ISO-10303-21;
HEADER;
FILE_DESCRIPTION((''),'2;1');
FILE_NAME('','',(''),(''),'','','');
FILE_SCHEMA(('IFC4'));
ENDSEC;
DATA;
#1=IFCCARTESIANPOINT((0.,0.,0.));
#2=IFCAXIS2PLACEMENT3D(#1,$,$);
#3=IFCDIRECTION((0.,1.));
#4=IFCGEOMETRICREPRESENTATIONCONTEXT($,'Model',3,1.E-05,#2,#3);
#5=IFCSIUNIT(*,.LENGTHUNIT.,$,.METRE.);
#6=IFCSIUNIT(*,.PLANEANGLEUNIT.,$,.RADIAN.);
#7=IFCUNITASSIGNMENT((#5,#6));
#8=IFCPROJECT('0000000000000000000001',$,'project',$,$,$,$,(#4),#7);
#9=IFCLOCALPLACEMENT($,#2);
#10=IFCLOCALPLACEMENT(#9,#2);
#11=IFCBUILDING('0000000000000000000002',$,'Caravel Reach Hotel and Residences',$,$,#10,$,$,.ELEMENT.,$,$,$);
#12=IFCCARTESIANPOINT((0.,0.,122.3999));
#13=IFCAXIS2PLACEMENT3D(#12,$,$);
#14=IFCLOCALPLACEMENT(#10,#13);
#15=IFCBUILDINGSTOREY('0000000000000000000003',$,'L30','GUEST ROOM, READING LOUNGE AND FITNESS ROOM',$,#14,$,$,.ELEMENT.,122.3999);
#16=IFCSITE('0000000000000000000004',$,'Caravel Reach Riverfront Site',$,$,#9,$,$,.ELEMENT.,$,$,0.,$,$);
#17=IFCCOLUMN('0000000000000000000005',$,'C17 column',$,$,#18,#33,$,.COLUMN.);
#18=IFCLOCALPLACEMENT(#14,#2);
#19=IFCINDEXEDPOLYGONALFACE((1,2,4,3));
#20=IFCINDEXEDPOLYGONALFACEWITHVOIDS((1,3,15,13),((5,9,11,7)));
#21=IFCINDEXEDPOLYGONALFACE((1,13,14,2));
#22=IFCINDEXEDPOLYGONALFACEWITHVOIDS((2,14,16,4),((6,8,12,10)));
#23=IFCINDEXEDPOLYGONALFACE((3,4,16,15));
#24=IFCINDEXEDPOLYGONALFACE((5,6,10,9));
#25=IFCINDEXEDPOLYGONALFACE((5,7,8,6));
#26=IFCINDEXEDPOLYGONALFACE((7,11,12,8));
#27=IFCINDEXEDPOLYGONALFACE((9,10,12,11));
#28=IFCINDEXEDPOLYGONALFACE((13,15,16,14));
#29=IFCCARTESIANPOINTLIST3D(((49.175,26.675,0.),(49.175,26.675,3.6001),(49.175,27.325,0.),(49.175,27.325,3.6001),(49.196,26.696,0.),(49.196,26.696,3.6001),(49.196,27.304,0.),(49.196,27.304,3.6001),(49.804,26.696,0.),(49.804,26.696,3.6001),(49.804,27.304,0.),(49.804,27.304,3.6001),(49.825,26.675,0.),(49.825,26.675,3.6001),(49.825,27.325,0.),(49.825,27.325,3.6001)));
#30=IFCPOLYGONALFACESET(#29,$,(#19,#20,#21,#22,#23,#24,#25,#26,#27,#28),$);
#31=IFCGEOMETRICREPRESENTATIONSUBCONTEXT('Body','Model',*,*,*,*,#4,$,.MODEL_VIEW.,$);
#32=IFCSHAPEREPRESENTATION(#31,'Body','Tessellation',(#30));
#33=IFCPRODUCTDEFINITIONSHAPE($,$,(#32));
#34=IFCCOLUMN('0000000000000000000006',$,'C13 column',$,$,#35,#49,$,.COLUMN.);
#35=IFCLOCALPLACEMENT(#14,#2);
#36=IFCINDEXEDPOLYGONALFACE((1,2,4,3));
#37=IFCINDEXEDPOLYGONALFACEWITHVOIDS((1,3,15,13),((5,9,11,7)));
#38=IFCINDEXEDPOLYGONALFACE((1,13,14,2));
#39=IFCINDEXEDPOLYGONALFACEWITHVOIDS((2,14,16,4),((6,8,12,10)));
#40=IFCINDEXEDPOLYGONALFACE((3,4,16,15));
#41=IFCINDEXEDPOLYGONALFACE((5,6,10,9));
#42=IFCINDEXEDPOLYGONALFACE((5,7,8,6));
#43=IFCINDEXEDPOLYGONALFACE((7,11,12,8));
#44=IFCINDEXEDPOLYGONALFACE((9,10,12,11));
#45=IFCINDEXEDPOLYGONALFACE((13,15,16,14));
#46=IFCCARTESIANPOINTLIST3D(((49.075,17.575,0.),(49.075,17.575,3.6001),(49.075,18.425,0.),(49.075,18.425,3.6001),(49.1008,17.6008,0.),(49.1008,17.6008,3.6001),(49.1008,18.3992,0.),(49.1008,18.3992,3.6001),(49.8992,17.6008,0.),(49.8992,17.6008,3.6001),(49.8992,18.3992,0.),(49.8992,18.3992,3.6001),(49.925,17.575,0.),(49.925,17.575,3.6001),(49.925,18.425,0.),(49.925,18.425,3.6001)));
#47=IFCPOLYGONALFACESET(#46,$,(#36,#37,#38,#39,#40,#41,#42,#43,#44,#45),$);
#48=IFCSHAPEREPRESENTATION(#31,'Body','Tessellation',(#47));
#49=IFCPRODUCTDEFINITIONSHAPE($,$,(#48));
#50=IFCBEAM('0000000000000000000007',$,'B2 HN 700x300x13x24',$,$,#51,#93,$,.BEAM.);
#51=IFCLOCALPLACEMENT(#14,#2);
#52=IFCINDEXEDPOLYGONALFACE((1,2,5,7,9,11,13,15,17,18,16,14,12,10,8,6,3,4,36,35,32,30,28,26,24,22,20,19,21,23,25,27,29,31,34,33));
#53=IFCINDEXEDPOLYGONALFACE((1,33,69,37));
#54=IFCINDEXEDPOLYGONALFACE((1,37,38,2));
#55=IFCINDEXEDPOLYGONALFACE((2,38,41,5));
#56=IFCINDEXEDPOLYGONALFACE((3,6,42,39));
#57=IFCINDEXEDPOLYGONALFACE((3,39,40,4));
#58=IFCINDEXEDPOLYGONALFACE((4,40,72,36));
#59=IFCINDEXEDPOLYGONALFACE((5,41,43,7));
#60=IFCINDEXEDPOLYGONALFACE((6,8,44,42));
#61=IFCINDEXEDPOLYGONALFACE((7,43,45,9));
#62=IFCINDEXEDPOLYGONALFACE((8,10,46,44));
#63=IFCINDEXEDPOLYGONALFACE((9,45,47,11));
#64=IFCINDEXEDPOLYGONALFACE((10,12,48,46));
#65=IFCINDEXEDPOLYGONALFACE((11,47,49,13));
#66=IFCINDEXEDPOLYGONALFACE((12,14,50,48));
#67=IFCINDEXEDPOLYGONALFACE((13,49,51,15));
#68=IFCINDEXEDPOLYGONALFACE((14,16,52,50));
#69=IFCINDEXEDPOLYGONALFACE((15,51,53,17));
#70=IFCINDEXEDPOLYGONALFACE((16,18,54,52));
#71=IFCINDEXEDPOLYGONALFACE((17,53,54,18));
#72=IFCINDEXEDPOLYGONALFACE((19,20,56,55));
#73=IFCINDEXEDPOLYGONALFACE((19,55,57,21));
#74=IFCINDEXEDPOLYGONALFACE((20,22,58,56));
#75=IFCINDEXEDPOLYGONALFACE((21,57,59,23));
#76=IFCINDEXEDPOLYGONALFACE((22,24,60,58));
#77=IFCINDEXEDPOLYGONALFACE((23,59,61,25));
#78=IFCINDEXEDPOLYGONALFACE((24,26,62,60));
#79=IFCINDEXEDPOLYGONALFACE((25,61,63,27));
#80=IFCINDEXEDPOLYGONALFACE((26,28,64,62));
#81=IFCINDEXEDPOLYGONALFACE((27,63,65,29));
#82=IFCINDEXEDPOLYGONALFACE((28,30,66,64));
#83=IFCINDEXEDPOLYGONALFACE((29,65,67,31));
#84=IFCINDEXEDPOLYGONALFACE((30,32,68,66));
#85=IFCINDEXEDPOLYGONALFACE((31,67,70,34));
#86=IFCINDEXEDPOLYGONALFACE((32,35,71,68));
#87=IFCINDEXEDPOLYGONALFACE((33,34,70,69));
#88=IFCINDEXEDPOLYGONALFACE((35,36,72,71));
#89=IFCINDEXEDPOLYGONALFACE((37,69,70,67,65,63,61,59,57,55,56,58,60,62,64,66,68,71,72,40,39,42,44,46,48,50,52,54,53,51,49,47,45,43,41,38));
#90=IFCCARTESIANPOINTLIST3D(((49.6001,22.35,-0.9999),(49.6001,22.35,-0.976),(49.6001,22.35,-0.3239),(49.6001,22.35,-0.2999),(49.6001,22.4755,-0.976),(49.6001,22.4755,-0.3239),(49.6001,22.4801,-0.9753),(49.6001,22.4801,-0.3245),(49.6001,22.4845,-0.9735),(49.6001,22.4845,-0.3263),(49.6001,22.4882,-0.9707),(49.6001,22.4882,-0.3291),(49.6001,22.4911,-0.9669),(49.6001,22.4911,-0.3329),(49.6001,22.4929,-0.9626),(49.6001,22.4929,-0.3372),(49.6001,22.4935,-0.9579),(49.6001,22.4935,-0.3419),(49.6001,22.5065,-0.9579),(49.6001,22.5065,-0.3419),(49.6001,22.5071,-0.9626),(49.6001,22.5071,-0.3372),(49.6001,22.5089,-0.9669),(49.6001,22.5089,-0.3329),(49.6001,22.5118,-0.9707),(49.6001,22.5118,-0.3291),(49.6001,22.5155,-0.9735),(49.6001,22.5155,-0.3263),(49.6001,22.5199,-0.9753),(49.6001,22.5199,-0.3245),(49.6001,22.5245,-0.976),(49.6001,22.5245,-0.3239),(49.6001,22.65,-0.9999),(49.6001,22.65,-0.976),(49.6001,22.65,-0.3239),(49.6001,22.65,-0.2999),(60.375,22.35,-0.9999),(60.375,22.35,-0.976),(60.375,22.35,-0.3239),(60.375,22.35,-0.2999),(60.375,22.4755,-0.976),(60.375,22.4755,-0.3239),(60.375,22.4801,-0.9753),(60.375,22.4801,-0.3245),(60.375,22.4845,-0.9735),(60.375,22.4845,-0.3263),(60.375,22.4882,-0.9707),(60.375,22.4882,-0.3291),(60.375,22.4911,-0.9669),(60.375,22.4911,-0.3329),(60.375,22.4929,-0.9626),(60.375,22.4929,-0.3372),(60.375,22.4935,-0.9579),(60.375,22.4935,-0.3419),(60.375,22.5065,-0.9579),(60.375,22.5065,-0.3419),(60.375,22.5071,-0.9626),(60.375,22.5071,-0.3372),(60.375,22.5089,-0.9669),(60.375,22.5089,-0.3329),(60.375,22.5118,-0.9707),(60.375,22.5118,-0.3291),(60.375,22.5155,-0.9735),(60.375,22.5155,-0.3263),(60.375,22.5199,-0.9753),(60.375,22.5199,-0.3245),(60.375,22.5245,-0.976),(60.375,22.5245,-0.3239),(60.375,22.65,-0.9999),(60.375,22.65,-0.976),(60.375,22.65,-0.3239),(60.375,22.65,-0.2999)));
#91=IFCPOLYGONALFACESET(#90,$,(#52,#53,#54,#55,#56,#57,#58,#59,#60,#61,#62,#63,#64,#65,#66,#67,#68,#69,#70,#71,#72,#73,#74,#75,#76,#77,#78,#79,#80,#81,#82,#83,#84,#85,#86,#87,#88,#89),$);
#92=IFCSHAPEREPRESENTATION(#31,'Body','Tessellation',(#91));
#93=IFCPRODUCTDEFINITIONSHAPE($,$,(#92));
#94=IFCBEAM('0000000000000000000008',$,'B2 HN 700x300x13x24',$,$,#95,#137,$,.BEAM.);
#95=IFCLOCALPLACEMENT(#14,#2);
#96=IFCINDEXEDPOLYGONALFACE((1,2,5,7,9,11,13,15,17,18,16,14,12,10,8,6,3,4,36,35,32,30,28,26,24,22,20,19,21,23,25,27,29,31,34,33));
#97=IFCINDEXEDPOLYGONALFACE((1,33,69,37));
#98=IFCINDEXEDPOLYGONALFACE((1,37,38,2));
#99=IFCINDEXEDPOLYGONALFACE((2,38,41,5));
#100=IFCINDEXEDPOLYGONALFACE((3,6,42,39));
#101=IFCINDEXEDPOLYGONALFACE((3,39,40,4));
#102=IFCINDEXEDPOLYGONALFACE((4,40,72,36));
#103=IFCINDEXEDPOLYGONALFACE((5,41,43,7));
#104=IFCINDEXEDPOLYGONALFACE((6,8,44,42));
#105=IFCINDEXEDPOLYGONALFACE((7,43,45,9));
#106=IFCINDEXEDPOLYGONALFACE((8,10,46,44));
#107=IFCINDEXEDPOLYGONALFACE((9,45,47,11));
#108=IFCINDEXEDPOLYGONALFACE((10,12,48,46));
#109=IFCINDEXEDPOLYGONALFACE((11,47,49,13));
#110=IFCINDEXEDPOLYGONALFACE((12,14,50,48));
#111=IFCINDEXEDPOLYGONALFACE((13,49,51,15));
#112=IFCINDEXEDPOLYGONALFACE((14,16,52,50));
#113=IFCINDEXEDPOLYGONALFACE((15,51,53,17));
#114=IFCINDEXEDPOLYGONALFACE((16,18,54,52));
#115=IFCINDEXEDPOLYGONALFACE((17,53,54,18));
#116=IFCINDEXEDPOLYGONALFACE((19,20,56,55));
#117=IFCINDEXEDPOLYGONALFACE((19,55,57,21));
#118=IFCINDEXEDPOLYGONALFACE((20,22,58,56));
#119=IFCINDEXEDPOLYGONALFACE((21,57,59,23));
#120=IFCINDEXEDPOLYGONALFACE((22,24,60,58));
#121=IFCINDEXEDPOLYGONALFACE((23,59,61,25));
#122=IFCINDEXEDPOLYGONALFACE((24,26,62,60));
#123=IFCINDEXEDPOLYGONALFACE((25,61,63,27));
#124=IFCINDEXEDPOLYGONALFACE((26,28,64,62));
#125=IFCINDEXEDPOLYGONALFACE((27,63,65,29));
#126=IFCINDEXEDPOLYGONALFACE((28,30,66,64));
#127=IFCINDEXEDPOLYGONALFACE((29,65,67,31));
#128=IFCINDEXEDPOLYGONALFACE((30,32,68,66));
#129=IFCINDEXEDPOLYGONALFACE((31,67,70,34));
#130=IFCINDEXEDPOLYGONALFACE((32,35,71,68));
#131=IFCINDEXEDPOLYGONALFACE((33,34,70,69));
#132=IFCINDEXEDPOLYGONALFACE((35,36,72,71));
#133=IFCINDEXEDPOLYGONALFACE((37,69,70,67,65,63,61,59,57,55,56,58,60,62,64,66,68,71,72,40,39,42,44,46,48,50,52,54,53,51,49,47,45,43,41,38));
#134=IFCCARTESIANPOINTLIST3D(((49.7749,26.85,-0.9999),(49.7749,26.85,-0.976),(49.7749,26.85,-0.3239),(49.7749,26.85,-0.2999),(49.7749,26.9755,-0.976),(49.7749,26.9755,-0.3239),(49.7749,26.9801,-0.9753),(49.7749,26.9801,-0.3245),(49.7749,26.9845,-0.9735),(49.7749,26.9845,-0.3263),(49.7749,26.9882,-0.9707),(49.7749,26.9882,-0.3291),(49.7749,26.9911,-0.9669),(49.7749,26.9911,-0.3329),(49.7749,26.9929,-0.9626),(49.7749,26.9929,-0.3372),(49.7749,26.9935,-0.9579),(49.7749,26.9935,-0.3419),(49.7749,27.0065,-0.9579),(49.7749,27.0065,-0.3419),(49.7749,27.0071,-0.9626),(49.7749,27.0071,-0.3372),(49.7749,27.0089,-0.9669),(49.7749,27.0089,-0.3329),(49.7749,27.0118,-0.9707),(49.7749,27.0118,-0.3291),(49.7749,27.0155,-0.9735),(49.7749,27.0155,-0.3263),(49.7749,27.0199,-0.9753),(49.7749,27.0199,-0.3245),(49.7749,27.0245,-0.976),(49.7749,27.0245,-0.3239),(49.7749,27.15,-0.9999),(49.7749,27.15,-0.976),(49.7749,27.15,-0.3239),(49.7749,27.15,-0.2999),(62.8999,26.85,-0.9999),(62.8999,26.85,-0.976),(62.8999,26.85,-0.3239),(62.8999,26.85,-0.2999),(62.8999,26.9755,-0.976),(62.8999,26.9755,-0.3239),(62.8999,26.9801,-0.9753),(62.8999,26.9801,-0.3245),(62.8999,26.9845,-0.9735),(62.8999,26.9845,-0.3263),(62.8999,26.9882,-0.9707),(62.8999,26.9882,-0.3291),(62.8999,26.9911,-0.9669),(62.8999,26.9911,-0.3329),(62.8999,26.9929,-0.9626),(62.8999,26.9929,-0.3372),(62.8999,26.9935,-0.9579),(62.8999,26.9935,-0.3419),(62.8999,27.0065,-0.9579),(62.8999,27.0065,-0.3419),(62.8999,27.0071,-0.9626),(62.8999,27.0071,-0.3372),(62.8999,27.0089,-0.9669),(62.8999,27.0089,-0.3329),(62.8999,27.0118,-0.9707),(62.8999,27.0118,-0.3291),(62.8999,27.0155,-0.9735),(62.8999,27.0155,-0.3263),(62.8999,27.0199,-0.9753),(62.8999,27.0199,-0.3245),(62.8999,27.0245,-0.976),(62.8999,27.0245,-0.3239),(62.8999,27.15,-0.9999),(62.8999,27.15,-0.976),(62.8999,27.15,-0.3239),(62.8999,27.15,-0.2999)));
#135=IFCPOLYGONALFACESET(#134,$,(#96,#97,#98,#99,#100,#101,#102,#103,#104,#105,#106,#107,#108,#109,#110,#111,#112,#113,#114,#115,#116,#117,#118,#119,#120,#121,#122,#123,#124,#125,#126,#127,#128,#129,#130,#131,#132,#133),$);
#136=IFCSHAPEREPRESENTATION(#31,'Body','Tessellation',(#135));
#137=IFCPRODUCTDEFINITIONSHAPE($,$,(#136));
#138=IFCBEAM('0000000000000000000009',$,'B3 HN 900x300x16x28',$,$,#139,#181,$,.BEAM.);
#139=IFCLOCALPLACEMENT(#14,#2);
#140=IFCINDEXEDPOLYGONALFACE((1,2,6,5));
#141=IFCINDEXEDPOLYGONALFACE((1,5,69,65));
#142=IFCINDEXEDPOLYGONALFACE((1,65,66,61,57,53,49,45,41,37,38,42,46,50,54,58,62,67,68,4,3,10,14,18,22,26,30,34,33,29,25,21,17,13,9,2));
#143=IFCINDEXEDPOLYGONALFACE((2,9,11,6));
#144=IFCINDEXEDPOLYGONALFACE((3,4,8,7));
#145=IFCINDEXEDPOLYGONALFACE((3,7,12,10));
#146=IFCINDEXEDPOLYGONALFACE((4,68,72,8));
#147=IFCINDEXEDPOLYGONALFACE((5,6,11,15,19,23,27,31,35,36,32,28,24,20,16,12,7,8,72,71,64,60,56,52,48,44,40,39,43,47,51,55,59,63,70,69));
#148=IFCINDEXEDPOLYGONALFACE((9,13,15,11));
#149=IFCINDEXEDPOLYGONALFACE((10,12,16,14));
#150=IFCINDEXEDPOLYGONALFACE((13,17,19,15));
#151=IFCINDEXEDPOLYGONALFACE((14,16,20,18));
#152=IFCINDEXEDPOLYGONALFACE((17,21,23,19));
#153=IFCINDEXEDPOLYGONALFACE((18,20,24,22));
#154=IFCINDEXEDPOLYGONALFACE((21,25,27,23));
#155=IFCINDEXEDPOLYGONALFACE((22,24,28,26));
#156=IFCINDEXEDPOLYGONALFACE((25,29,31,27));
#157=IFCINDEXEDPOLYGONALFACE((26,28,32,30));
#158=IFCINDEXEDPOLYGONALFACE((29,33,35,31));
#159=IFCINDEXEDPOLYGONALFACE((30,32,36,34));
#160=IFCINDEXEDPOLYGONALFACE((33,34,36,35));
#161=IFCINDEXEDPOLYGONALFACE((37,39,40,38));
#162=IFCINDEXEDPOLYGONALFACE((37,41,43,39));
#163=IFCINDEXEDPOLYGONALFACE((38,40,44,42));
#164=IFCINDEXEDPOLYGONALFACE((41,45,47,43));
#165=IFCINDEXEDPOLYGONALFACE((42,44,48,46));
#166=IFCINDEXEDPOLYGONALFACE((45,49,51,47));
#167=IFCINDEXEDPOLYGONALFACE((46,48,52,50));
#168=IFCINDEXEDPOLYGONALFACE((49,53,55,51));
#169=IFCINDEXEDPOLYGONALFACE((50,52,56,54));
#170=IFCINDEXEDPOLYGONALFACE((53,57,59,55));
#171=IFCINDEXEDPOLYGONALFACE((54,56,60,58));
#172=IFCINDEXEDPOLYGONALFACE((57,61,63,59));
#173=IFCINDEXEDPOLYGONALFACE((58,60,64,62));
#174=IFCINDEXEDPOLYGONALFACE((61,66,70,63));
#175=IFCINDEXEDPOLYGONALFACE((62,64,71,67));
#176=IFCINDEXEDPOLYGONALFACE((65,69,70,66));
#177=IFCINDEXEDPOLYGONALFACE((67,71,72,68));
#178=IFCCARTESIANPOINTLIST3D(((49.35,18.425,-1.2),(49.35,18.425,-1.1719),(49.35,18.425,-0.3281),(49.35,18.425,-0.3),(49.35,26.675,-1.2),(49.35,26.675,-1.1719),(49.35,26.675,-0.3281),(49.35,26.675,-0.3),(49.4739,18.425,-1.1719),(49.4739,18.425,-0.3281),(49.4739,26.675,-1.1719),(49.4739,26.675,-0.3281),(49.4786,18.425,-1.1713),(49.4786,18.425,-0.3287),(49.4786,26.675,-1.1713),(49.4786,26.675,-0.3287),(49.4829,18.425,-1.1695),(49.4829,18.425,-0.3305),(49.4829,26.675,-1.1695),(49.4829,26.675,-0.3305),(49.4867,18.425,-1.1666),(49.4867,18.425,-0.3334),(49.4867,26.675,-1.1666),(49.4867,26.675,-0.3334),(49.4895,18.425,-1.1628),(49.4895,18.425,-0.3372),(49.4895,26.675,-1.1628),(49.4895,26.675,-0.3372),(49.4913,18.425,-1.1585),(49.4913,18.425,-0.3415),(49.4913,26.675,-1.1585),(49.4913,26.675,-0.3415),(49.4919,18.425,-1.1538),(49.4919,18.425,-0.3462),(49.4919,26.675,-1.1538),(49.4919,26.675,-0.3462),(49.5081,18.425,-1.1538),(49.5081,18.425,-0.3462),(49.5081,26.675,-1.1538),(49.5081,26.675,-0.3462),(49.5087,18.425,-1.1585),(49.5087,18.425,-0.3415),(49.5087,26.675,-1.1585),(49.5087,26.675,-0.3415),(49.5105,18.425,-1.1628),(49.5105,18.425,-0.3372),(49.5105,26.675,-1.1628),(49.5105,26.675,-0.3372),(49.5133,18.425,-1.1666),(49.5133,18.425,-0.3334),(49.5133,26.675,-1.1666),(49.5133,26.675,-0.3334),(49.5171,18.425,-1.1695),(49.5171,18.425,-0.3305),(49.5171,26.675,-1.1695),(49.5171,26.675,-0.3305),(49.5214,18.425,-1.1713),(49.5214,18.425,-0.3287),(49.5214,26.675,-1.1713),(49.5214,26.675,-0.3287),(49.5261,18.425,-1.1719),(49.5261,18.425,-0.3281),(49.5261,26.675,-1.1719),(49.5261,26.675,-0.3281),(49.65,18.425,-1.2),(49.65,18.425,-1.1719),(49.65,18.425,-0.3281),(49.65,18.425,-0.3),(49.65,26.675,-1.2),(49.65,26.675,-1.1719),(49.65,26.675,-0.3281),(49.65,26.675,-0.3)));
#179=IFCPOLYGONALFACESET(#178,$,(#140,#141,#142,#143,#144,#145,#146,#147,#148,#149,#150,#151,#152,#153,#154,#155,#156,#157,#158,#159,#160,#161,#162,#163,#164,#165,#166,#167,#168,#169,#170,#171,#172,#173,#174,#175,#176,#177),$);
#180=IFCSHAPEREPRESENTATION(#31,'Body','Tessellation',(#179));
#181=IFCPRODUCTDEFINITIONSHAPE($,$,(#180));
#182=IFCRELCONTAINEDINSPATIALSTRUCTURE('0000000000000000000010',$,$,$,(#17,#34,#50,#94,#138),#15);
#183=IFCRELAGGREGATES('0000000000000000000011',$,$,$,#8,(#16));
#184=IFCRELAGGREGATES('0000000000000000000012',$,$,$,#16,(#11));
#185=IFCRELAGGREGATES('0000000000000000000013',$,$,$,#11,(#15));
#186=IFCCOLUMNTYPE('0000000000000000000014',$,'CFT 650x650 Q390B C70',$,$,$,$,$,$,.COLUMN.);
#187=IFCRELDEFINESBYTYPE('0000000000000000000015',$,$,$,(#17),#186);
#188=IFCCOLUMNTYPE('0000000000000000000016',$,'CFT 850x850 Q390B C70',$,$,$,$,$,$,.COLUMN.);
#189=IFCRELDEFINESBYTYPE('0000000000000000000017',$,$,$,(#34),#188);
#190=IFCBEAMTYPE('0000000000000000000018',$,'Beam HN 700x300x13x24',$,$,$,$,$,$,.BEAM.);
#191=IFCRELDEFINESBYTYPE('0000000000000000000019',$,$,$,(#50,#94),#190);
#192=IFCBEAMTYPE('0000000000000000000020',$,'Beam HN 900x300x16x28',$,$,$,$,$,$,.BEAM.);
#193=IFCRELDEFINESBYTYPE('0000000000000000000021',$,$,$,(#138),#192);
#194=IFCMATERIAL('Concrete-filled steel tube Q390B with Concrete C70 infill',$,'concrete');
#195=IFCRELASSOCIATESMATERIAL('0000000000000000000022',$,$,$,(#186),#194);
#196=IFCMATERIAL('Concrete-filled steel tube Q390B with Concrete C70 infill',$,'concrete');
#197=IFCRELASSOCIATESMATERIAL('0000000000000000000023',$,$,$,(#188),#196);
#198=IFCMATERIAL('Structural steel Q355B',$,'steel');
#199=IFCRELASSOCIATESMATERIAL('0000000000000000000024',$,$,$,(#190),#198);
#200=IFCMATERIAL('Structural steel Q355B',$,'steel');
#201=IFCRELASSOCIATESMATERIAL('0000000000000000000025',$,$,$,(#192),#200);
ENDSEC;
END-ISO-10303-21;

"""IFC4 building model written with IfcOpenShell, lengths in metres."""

from ifc_helpers import new_model, si_unit, direction, frame, origin, origin_2d, place, context, subcontext, project, spatial, hollow_rectangle, i_section, extrude, material, material_profile, profile_set, type_object, element, save


model = new_model("IFC4")

# Units and contexts
model_context = context("Model", 3, precision=1e-05, world=origin(), true_north=direction((0.0, 1.0)))
body_context = subcontext(model_context, "Body", "Model", "MODEL_VIEW")
ifc_project = project(units=[si_unit("LENGTHUNIT", "METRE"), si_unit("PLANEANGLEUNIT", "RADIAN")], contexts=[model_context])

# Site, building, storey
site_placement = place(None, origin())
site = spatial("IfcSite", under=ifc_project, at=site_placement, Name="Caravel Reach Riverfront Site", CompositionType="ELEMENT", RefElevation=0.0)
building_placement = place(site_placement, origin())
building = spatial("IfcBuilding", under=site, at=building_placement, Name="Caravel Reach Hotel and Residences", CompositionType="ELEMENT")
storey_placement = place(building_placement, frame((0.0, 0.0, 122.3999)))
storey = spatial("IfcBuildingStorey", under=building, at=storey_placement, Name="L30", Description="GUEST ROOM, READING LOUNGE AND FITNESS ROOM", CompositionType="ELEMENT", Elevation=122.3999)

# Columns
ifc_material_1 = material(Name="Concrete-filled steel tube Q390B with Concrete C70 infill", Category="concrete")
ifc_material_profile_1 = material_profile(ifc_material_1, hollow_rectangle(XDim=0.6499, YDim=0.6499, WallThickness=0.021, at=origin_2d()), Name="RHS 650x650x21")
ifc_profile_set_1 = profile_set([ifc_material_profile_1], Name="Concrete-filled steel tube Q390B with Concrete C70 infill")
column_type_1 = type_object("IfcColumnType", Name="CFT 650x650 Q390B C70", PredefinedType="COLUMN", material=ifc_profile_set_1)
column_1_placement = place(storey_placement, frame((49.5, 27.0, 0.0), z_axis=(0.0, 0.0, 1.0), x_axis=(1.0, 0.0, 0.0)))
element("IfcColumn", 1, at=column_1_placement, inside=storey, type_object=column_type_1, Name="C17 column", PredefinedType="COLUMN", context=body_context, shape_type="SweptSolid", body=[
    extrude(hollow_rectangle(XDim=0.6499, YDim=0.6499, WallThickness=0.021, at=origin_2d()), origin(), (0.0, 0.0, 1.0), 3.6001),
])
ifc_material_2 = material(Name="Concrete-filled steel tube Q390B with Concrete C70 infill", Category="concrete")
ifc_material_profile_2 = material_profile(ifc_material_2, hollow_rectangle(XDim=0.8501, YDim=0.8501, WallThickness=0.0259, at=origin_2d()), Name="RHS 850x850x26")
ifc_profile_set_2 = profile_set([ifc_material_profile_2], Name="Concrete-filled steel tube Q390B with Concrete C70 infill")
column_type_2 = type_object("IfcColumnType", Name="CFT 850x850 Q390B C70", PredefinedType="COLUMN", material=ifc_profile_set_2)
column_2_placement = place(storey_placement, frame((49.5, 18.0, 0.0), z_axis=(0.0, 0.0, 1.0), x_axis=(1.0, 0.0, 0.0)))
element("IfcColumn", 2, at=column_2_placement, inside=storey, type_object=column_type_2, Name="C13 column", PredefinedType="COLUMN", context=body_context, shape_type="SweptSolid", body=[
    extrude(hollow_rectangle(XDim=0.8501, YDim=0.8501, WallThickness=0.0259, at=origin_2d()), origin(), (0.0, 0.0, 1.0), 3.6001),
])

# Beams
ifc_material_3 = material(Name="Structural steel Q355B", Category="steel")
ifc_material_profile_3 = material_profile(ifc_material_3, i_section(OverallWidth=0.3, OverallDepth=0.7, WebThickness=0.0129, FlangeThickness=0.0239, FilletRadius=0.0181, at=origin_2d()), Name="HN 700x300x13x24")
ifc_profile_set_3 = profile_set([ifc_material_profile_3], Name="Structural steel Q355B")
beam_type_1 = type_object("IfcBeamType", Name="Beam HN 700x300x13x24", PredefinedType="BEAM", material=ifc_profile_set_3)
beam_1_placement = place(storey_placement, frame((49.6001, 22.5, -0.6499), z_axis=(1.0, 0.0, 0.0), x_axis=(0.0, 1.0, 0.0)))
element("IfcBeam", 3, at=beam_1_placement, inside=storey, type_object=beam_type_1, Name="B2 HN 700x300x13x24", PredefinedType="BEAM", context=body_context, shape_type="SweptSolid", body=[
    extrude(i_section(OverallWidth=0.3, OverallDepth=0.7, WebThickness=0.0129, FlangeThickness=0.0239, FilletRadius=0.0181, at=origin_2d()), origin(), (0.0, 0.0, 1.0), 10.7749),
])
beam_2_placement = place(storey_placement, frame((49.7749, 27.0, -0.6499), z_axis=(1.0, 0.0, 0.0), x_axis=(0.0, 1.0, 0.0)))
element("IfcBeam", 4, at=beam_2_placement, inside=storey, type_object=beam_type_1, Name="B2 HN 700x300x13x24", PredefinedType="BEAM", context=body_context, shape_type="SweptSolid", body=[
    extrude(i_section(OverallWidth=0.3, OverallDepth=0.7, WebThickness=0.0129, FlangeThickness=0.0239, FilletRadius=0.0181, at=origin_2d()), origin(), (0.0, 0.0, 1.0), 13.125),
])
ifc_material_4 = material(Name="Structural steel Q355B", Category="steel")
ifc_material_profile_4 = material_profile(ifc_material_4, i_section(OverallWidth=0.3, OverallDepth=0.8999, WebThickness=0.0161, FlangeThickness=0.0281, FilletRadius=0.0181, at=origin_2d()), Name="HN 900x300x16x28")
ifc_profile_set_4 = profile_set([ifc_material_profile_4], Name="Structural steel Q355B")
beam_type_2 = type_object("IfcBeamType", Name="Beam HN 900x300x16x28", PredefinedType="BEAM", material=ifc_profile_set_4)
beam_3_placement = place(storey_placement, frame((49.5, 18.425, -0.75), z_axis=(0.0, 1.0, 0.0), x_axis=(-1.0, 0.0, 0.0)))
element("IfcBeam", 5, at=beam_3_placement, inside=storey, type_object=beam_type_2, Name="B3 HN 900x300x16x28", PredefinedType="BEAM", context=body_context, shape_type="SweptSolid", body=[
    extrude(i_section(OverallWidth=0.3, OverallDepth=0.8999, WebThickness=0.0161, FlangeThickness=0.0281, FilletRadius=0.0181, at=origin_2d()), origin(), (0.0, 0.0, 1.0), 8.25),
])

save(model, "model.ifc")
